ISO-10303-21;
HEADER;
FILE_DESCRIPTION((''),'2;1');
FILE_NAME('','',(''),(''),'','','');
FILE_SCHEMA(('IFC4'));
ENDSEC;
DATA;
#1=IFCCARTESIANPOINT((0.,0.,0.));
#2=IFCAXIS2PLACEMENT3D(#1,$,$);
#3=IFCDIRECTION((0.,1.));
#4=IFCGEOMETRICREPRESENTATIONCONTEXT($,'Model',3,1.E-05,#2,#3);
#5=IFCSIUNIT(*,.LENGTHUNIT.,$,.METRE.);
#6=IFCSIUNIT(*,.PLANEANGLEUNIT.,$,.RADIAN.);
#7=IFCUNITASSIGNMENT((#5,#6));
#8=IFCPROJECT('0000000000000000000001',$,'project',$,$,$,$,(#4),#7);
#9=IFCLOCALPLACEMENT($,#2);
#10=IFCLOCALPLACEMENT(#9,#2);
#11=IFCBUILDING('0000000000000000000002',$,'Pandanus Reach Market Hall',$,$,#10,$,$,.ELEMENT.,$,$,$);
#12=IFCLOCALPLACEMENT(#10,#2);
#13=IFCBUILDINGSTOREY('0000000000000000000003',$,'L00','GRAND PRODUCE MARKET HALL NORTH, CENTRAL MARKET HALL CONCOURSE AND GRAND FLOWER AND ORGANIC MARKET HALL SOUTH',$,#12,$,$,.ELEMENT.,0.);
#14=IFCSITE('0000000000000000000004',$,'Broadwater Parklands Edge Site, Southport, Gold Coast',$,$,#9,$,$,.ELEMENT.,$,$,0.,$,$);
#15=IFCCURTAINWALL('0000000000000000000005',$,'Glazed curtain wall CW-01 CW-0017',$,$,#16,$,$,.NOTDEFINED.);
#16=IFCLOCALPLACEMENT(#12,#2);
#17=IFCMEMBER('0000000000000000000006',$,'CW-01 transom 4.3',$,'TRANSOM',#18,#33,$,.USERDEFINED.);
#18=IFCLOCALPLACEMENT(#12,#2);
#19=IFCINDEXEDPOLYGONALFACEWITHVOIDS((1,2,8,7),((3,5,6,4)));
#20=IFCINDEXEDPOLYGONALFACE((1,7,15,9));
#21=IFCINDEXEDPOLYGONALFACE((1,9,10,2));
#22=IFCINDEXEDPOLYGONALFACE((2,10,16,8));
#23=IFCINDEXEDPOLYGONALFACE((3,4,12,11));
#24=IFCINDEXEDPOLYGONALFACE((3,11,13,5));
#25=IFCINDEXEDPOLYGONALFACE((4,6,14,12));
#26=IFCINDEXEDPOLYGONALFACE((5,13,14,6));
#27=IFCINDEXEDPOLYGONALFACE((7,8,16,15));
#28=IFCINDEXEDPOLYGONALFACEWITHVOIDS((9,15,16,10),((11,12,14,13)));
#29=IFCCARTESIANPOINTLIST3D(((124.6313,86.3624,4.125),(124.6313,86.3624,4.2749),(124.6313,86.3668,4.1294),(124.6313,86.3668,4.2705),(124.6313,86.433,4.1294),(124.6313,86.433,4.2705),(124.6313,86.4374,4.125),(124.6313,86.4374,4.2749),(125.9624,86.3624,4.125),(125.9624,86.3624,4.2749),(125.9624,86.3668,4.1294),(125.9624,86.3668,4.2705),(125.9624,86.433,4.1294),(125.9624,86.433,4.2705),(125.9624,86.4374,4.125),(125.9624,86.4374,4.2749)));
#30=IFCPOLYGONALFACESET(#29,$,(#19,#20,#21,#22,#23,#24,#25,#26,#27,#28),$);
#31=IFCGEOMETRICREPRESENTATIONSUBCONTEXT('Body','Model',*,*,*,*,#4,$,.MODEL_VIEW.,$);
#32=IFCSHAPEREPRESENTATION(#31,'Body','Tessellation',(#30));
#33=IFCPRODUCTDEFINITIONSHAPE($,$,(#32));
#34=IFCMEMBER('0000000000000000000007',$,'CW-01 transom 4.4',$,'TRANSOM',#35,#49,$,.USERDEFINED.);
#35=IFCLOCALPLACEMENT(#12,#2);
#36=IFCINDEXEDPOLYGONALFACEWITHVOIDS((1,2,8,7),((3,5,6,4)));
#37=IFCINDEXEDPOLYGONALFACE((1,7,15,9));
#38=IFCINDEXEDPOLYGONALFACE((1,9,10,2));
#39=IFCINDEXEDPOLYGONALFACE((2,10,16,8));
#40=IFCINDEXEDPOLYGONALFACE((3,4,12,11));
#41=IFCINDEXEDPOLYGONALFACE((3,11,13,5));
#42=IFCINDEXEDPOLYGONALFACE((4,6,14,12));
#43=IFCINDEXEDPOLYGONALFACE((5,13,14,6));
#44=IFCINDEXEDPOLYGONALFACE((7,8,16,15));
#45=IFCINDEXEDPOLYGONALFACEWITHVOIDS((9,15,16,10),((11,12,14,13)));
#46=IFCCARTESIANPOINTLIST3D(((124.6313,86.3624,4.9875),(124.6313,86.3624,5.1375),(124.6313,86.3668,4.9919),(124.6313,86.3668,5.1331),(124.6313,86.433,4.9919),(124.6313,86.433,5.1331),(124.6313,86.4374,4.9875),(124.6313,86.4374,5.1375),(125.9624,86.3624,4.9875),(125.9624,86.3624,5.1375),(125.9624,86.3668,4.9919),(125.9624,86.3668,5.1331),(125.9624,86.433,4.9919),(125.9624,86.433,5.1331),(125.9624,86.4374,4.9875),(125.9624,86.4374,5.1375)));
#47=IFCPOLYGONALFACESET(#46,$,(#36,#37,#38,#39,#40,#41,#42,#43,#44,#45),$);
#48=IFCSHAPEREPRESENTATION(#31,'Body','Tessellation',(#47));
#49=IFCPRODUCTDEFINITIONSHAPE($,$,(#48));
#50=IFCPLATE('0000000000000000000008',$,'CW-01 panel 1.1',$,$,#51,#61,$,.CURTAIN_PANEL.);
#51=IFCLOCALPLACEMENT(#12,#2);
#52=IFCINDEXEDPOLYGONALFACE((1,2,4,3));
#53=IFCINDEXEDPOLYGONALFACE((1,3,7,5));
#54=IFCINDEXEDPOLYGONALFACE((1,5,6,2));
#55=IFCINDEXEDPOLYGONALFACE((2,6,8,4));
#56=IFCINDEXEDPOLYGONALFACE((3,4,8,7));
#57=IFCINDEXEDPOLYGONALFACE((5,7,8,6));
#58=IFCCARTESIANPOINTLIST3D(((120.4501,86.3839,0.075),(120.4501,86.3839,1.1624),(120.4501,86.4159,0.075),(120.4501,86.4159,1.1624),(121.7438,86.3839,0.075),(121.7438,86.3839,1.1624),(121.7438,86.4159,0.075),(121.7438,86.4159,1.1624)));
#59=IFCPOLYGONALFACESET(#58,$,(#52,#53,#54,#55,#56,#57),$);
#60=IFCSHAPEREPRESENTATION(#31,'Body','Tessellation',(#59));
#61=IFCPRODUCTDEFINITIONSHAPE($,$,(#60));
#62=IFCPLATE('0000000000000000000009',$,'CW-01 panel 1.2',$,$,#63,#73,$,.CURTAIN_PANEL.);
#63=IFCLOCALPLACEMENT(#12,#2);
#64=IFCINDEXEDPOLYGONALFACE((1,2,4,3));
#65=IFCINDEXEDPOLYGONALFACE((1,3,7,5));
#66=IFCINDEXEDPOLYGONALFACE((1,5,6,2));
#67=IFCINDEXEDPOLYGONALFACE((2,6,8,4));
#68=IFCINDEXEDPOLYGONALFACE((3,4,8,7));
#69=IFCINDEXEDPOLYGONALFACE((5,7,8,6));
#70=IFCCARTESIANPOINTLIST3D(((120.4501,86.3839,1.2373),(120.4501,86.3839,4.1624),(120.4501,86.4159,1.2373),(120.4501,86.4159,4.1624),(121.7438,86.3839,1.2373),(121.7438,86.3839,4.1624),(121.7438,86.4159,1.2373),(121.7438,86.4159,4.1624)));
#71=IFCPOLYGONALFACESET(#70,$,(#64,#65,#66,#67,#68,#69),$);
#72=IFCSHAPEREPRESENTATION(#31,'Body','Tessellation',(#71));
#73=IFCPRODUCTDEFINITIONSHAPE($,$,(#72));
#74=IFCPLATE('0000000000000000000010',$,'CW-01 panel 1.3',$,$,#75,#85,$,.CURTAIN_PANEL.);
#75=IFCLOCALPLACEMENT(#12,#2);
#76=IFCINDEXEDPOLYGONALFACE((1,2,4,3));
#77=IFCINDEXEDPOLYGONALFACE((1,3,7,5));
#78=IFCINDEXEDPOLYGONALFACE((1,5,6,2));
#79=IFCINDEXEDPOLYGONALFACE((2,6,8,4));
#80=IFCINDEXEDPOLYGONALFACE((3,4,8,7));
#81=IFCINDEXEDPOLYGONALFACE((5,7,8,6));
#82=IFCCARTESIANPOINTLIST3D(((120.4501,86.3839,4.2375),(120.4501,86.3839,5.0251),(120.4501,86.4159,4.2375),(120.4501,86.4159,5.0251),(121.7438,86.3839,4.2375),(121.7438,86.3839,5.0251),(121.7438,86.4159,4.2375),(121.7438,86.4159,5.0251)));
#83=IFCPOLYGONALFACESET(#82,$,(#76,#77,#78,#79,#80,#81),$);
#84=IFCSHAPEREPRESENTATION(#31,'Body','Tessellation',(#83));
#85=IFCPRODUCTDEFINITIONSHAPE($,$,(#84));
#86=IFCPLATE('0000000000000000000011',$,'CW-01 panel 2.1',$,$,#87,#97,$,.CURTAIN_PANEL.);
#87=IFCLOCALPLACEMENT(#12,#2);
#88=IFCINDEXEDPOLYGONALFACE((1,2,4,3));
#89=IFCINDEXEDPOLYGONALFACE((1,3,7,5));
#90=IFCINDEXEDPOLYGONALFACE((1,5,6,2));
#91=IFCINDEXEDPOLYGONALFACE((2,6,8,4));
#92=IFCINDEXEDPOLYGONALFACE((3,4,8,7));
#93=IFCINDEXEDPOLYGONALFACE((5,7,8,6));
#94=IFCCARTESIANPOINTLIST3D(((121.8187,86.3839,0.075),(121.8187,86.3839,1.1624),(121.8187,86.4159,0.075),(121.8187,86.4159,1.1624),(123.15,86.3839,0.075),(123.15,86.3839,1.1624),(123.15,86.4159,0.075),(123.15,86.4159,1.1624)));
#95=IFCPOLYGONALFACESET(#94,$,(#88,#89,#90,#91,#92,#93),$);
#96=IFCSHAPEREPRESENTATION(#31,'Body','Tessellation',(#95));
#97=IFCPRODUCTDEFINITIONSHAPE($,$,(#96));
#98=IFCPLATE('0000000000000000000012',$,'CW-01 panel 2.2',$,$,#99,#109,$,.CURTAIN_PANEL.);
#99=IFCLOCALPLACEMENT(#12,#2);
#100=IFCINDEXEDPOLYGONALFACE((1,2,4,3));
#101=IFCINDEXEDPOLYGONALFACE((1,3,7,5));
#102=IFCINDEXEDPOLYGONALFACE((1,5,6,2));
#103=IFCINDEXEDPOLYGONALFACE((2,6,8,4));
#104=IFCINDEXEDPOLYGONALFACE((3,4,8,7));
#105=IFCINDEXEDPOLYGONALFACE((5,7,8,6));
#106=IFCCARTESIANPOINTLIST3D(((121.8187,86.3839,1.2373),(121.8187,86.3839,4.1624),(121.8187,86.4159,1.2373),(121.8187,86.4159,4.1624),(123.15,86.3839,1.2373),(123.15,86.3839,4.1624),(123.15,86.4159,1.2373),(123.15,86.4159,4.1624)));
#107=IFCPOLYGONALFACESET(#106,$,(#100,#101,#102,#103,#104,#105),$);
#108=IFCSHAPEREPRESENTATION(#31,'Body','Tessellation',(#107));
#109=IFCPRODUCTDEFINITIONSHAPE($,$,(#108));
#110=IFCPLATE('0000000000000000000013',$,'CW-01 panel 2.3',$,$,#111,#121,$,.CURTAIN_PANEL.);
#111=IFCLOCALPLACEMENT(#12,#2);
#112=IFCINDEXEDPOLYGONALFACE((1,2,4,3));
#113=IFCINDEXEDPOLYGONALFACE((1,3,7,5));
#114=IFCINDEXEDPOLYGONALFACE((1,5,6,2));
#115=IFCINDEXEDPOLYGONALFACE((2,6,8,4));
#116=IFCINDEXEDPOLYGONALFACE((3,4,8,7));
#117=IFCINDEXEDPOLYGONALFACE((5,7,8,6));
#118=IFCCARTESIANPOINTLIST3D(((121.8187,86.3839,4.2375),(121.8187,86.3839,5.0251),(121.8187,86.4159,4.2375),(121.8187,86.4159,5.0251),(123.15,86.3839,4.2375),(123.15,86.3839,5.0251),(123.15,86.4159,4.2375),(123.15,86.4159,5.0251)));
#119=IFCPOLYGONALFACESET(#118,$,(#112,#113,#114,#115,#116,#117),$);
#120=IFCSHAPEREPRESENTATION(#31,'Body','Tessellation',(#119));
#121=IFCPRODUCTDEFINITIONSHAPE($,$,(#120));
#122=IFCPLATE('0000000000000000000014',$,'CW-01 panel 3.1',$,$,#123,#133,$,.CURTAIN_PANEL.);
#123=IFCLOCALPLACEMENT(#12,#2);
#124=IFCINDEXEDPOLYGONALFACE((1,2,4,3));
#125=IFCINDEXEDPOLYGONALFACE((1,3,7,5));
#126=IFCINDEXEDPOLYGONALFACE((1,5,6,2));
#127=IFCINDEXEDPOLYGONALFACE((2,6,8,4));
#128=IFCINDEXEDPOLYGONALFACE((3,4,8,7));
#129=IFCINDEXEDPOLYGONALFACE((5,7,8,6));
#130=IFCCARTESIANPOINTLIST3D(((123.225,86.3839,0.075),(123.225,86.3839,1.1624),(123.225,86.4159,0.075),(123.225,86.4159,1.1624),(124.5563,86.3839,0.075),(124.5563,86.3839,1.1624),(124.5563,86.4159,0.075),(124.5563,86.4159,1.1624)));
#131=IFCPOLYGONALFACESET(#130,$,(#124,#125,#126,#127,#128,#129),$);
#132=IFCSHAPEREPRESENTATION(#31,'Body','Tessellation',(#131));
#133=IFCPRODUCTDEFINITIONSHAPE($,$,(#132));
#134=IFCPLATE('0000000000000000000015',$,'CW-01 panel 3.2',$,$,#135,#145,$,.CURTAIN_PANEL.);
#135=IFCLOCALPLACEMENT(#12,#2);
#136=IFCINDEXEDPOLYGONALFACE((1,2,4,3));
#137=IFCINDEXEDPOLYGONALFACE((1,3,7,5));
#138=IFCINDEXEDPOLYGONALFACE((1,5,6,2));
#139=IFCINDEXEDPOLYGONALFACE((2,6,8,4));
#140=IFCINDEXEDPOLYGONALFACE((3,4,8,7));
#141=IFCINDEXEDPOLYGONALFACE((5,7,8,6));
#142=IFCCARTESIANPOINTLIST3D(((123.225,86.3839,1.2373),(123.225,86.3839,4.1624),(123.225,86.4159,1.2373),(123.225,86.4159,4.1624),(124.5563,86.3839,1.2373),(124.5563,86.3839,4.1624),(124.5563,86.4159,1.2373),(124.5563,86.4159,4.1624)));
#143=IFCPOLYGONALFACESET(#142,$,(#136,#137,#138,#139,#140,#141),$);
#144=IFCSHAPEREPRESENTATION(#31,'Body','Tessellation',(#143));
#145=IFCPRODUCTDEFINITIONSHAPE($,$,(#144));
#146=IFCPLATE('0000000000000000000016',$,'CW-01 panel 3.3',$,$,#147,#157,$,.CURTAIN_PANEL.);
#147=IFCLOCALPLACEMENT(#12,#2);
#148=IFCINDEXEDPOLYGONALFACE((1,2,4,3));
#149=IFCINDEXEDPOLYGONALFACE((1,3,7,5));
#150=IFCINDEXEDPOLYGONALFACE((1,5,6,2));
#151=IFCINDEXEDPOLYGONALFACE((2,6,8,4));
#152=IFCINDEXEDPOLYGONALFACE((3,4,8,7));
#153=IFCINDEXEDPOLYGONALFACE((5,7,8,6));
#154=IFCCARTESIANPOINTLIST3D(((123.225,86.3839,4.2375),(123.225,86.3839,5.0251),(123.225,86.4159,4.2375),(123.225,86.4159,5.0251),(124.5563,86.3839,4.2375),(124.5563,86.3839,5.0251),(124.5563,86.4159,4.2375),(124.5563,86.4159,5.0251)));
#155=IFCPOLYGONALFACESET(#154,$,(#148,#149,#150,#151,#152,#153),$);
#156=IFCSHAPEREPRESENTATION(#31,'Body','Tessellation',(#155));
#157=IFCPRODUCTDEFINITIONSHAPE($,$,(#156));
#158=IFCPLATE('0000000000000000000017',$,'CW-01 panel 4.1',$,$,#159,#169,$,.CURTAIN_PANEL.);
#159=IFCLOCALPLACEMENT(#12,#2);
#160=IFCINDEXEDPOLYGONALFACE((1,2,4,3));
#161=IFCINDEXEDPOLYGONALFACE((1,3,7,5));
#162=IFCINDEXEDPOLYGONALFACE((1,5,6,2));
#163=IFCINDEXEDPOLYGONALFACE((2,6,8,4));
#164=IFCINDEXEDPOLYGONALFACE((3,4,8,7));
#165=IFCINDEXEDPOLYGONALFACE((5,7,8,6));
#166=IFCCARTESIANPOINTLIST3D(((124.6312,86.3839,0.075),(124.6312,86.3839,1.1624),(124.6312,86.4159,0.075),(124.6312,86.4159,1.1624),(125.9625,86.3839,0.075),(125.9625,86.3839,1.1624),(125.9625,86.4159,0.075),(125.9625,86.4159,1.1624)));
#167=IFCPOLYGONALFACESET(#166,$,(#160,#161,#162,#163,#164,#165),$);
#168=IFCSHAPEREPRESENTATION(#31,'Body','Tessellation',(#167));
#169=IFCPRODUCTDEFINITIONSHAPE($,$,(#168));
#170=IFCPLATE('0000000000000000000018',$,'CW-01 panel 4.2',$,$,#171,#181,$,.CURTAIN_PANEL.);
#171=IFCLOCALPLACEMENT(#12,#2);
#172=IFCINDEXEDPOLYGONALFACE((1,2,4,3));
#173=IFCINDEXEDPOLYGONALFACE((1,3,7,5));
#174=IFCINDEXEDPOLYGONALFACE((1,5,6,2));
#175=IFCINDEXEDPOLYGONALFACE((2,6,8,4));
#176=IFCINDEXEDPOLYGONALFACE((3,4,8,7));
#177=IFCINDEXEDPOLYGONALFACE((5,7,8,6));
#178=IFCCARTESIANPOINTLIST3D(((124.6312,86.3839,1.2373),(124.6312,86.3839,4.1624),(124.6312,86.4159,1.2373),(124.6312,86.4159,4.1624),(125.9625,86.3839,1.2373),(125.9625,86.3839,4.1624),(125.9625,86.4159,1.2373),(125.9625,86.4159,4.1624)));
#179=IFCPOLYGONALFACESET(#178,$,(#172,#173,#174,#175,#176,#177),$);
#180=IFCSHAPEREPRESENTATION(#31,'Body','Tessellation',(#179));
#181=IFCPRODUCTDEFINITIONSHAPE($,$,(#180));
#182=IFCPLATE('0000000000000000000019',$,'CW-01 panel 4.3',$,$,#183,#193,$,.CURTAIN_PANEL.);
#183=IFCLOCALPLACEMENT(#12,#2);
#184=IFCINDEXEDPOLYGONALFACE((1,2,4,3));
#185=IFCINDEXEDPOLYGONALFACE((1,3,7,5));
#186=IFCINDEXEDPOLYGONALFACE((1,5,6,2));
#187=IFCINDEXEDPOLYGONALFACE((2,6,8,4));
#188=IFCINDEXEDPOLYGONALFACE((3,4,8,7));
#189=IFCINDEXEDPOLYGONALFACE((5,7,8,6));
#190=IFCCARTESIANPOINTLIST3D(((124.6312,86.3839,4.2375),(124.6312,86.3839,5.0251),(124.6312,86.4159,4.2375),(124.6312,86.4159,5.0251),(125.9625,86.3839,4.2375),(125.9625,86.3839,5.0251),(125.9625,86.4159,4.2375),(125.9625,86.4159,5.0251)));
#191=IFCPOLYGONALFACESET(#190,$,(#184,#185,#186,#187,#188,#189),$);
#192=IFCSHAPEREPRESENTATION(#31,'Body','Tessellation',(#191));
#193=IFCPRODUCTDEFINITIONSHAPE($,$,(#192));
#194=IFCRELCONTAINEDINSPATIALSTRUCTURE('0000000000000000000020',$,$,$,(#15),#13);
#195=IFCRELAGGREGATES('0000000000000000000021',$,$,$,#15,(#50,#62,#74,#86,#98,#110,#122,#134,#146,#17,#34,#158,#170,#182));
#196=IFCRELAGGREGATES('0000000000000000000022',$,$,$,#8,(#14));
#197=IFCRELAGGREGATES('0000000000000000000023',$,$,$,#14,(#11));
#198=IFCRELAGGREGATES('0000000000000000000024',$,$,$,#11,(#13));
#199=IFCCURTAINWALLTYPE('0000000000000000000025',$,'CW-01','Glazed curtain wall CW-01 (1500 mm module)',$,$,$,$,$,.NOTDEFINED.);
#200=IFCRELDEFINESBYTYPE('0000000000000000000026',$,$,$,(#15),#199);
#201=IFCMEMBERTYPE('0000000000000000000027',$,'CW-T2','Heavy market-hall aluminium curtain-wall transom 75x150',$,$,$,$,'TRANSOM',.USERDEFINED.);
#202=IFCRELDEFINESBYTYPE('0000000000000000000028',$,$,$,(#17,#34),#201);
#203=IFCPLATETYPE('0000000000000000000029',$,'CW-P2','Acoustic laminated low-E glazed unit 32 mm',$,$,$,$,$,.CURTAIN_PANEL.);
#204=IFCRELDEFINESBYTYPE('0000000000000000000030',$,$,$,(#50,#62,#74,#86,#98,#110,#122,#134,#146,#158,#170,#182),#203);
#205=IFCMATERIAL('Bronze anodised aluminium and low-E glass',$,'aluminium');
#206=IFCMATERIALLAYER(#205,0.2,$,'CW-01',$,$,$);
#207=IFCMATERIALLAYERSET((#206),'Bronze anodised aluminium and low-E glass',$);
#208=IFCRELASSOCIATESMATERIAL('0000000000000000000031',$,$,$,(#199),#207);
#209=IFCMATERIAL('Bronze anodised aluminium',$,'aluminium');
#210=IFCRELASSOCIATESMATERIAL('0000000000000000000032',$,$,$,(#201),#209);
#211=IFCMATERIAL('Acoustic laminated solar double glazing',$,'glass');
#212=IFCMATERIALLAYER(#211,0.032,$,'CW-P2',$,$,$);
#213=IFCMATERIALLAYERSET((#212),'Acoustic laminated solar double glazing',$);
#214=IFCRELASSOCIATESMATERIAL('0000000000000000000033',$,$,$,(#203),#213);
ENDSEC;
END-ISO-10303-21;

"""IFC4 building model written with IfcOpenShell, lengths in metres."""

from ifc_helpers import new_model, si_unit, direction, frame, origin, origin_2d, place, context, subcontext, project, spatial, rectangle, hollow_rectangle, extrude, material, layer, layer_set, material_profile, profile_set, type_object, element, aggregate, save


model = new_model("IFC4")

# Units and contexts
model_context = context("Model", 3, precision=1e-05, world=origin(), true_north=direction((0.0, 1.0)))
body_context = subcontext(model_context, "Body", "Model", "MODEL_VIEW")
ifc_project = project(units=[si_unit("LENGTHUNIT", "METRE"), si_unit("PLANEANGLEUNIT", "RADIAN")], contexts=[model_context])

# Site, building, storey
site_placement = place(None, origin())
site = spatial("IfcSite", under=ifc_project, at=site_placement, Name="Broadwater Parklands Edge Site, Southport, Gold Coast", CompositionType="ELEMENT", RefElevation=0.0)
building_placement = place(site_placement, origin())
building = spatial("IfcBuilding", under=site, at=building_placement, Name="Pandanus Reach Market Hall", CompositionType="ELEMENT")
storey_placement = place(building_placement, origin())
storey = spatial("IfcBuildingStorey", under=building, at=storey_placement, Name="L00", Description="GRAND PRODUCE MARKET HALL NORTH, CENTRAL MARKET HALL CONCOURSE AND GRAND FLOWER AND ORGANIC MARKET HALL SOUTH", CompositionType="ELEMENT", Elevation=0.0)

# Curtain wall, members, plates
ifc_material_1 = material(Name="Bronze anodised aluminium and low-E glass", Category="aluminium")
ifc_layer_1 = layer(ifc_material_1, 0.2, Name="CW-01")
ifc_layer_set_1 = layer_set([ifc_layer_1], Name="Bronze anodised aluminium and low-E glass")
curtain_wall_type = type_object("IfcCurtainWallType", Name="CW-01", Description="Glazed curtain wall CW-01 (1500 mm module)", PredefinedType="NOTDEFINED", material=ifc_layer_set_1)
curtain_wall_placement = place(storey_placement, origin())
curtain_wall = element("IfcCurtainWall", 1, at=curtain_wall_placement, inside=storey, type_object=curtain_wall_type, Name="Glazed curtain wall CW-01 CW-0017", PredefinedType="NOTDEFINED")
ifc_material_2 = material(Name="Bronze anodised aluminium", Category="aluminium")
ifc_material_profile_1 = material_profile(ifc_material_2, hollow_rectangle(XDim=0.075, YDim=0.1499, WallThickness=0.0044, at=origin_2d()), Name="ALU75x150", Category="LoadBearing")
ifc_profile_set_1 = profile_set([ifc_material_profile_1], Name="Bronze anodised aluminium")
member_type_1 = type_object("IfcMemberType", Name="CW-T2", Description="Heavy market-hall aluminium curtain-wall transom 75x150", ElementType="TRANSOM", PredefinedType="USERDEFINED", material=ifc_profile_set_1)
member_1_placement = place(storey_placement, frame((124.6313, 86.3999, 4.2), z_axis=(1.0, 0.0, 0.0), x_axis=(0.0, 1.0, 0.0)))
member_1 = element("IfcMember", 2, at=member_1_placement, type_object=member_type_1, Name="CW-01 transom 4.3", ObjectType="TRANSOM", PredefinedType="USERDEFINED", context=body_context, shape_type="SweptSolid", body=[
    extrude(hollow_rectangle(XDim=0.075, YDim=0.1499, WallThickness=0.0044, at=origin_2d()), origin(), (0.0, 0.0, 1.0), 1.3311),
])
member_2_placement = place(storey_placement, frame((124.6313, 86.3999, 5.0625), z_axis=(1.0, 0.0, 0.0), x_axis=(0.0, 1.0, 0.0)))
member_2 = element("IfcMember", 3, at=member_2_placement, type_object=member_type_1, Name="CW-01 transom 4.4", ObjectType="TRANSOM", PredefinedType="USERDEFINED", context=body_context, shape_type="SweptSolid", body=[
    extrude(hollow_rectangle(XDim=0.075, YDim=0.1499, WallThickness=0.0044, at=origin_2d()), origin(), (0.0, 0.0, 1.0), 1.3311),
])
ifc_material_3 = material(Name="Acoustic laminated solar double glazing", Category="glass")
ifc_layer_2 = layer(ifc_material_3, 0.032, Name="CW-P2")
ifc_layer_set_2 = layer_set([ifc_layer_2], Name="Acoustic laminated solar double glazing")
plate_type = type_object("IfcPlateType", Name="CW-P2", Description="Acoustic laminated low-E glazed unit 32 mm", PredefinedType="CURTAIN_PANEL", material=ifc_layer_set_2)
plate_1_placement = place(storey_placement, frame((121.0969, 86.3999, 0.075), z_axis=(0.0, 0.0, 1.0), x_axis=(1.0, 0.0, 0.0)))
plate_1 = element("IfcPlate", 4, at=plate_1_placement, type_object=plate_type, Name="CW-01 panel 1.1", PredefinedType="CURTAIN_PANEL", context=body_context, shape_type="SweptSolid", body=[
    extrude(rectangle(XDim=1.2937, YDim=0.032, at=origin_2d()), origin(), (0.0, 0.0, 1.0), 1.0874),
])
plate_2_placement = place(storey_placement, frame((121.0969, 86.3999, 1.2373), z_axis=(0.0, 0.0, 1.0), x_axis=(1.0, 0.0, 0.0)))
plate_2 = element("IfcPlate", 5, at=plate_2_placement, type_object=plate_type, Name="CW-01 panel 1.2", PredefinedType="CURTAIN_PANEL", context=body_context, shape_type="SweptSolid", body=[
    extrude(rectangle(XDim=1.2937, YDim=0.032, at=origin_2d()), origin(), (0.0, 0.0, 1.0), 2.925),
])
plate_3_placement = place(storey_placement, frame((121.0969, 86.3999, 4.2375), z_axis=(0.0, 0.0, 1.0), x_axis=(1.0, 0.0, 0.0)))
plate_3 = element("IfcPlate", 6, at=plate_3_placement, type_object=plate_type, Name="CW-01 panel 1.3", PredefinedType="CURTAIN_PANEL", context=body_context, shape_type="SweptSolid", body=[
    extrude(rectangle(XDim=1.2937, YDim=0.032, at=origin_2d()), origin(), (0.0, 0.0, 1.0), 0.7876),
])
plate_4_placement = place(storey_placement, frame((122.4844, 86.3999, 0.075), z_axis=(0.0, 0.0, 1.0), x_axis=(1.0, 0.0, 0.0)))
plate_4 = element("IfcPlate", 7, at=plate_4_placement, type_object=plate_type, Name="CW-01 panel 2.1", PredefinedType="CURTAIN_PANEL", context=body_context, shape_type="SweptSolid", body=[
    extrude(rectangle(XDim=1.3313, YDim=0.032, at=origin_2d()), origin(), (0.0, 0.0, 1.0), 1.0874),
])
plate_5_placement = place(storey_placement, frame((122.4844, 86.3999, 1.2373), z_axis=(0.0, 0.0, 1.0), x_axis=(1.0, 0.0, 0.0)))
plate_5 = element("IfcPlate", 8, at=plate_5_placement, type_object=plate_type, Name="CW-01 panel 2.2", PredefinedType="CURTAIN_PANEL", context=body_context, shape_type="SweptSolid", body=[
    extrude(rectangle(XDim=1.3313, YDim=0.032, at=origin_2d()), origin(), (0.0, 0.0, 1.0), 2.925),
])
plate_6_placement = place(storey_placement, frame((122.4844, 86.3999, 4.2375), z_axis=(0.0, 0.0, 1.0), x_axis=(1.0, 0.0, 0.0)))
plate_6 = element("IfcPlate", 9, at=plate_6_placement, type_object=plate_type, Name="CW-01 panel 2.3", PredefinedType="CURTAIN_PANEL", context=body_context, shape_type="SweptSolid", body=[
    extrude(rectangle(XDim=1.3313, YDim=0.032, at=origin_2d()), origin(), (0.0, 0.0, 1.0), 0.7876),
])
plate_7_placement = place(storey_placement, frame((123.8906, 86.3999, 0.075), z_axis=(0.0, 0.0, 1.0), x_axis=(1.0, 0.0, 0.0)))
plate_7 = element("IfcPlate", 10, at=plate_7_placement, type_object=plate_type, Name="CW-01 panel 3.1", PredefinedType="CURTAIN_PANEL", context=body_context, shape_type="SweptSolid", body=[
    extrude(rectangle(XDim=1.3313, YDim=0.032, at=origin_2d()), origin(), (0.0, 0.0, 1.0), 1.0874),
])
plate_8_placement = place(storey_placement, frame((123.8906, 86.3999, 1.2373), z_axis=(0.0, 0.0, 1.0), x_axis=(1.0, 0.0, 0.0)))
plate_8 = element("IfcPlate", 11, at=plate_8_placement, type_object=plate_type, Name="CW-01 panel 3.2", PredefinedType="CURTAIN_PANEL", context=body_context, shape_type="SweptSolid", body=[
    extrude(rectangle(XDim=1.3313, YDim=0.032, at=origin_2d()), origin(), (0.0, 0.0, 1.0), 2.925),
])
plate_9_placement = place(storey_placement, frame((123.8906, 86.3999, 4.2375), z_axis=(0.0, 0.0, 1.0), x_axis=(1.0, 0.0, 0.0)))
plate_9 = element("IfcPlate", 12, at=plate_9_placement, type_object=plate_type, Name="CW-01 panel 3.3", PredefinedType="CURTAIN_PANEL", context=body_context, shape_type="SweptSolid", body=[
    extrude(rectangle(XDim=1.3313, YDim=0.032, at=origin_2d()), origin(), (0.0, 0.0, 1.0), 0.7876),
])
plate_10_placement = place(storey_placement, frame((125.2969, 86.3999, 0.075), z_axis=(0.0, 0.0, 1.0), x_axis=(1.0, 0.0, 0.0)))
plate_10 = element("IfcPlate", 13, at=plate_10_placement, type_object=plate_type, Name="CW-01 panel 4.1", PredefinedType="CURTAIN_PANEL", context=body_context, shape_type="SweptSolid", body=[
    extrude(rectangle(XDim=1.3313, YDim=0.032, at=origin_2d()), origin(), (0.0, 0.0, 1.0), 1.0874),
])
plate_11_placement = place(storey_placement, frame((125.2969, 86.3999, 1.2373), z_axis=(0.0, 0.0, 1.0), x_axis=(1.0, 0.0, 0.0)))
plate_11 = element("IfcPlate", 14, at=plate_11_placement, type_object=plate_type, Name="CW-01 panel 4.2", PredefinedType="CURTAIN_PANEL", context=body_context, shape_type="SweptSolid", body=[
    extrude(rectangle(XDim=1.3313, YDim=0.032, at=origin_2d()), origin(), (0.0, 0.0, 1.0), 2.925),
])
plate_12_placement = place(storey_placement, frame((125.2969, 86.3999, 4.2375), z_axis=(0.0, 0.0, 1.0), x_axis=(1.0, 0.0, 0.0)))
plate_12 = element("IfcPlate", 15, at=plate_12_placement, type_object=plate_type, Name="CW-01 panel 4.3", PredefinedType="CURTAIN_PANEL", context=body_context, shape_type="SweptSolid", body=[
    extrude(rectangle(XDim=1.3313, YDim=0.032, at=origin_2d()), origin(), (0.0, 0.0, 1.0), 0.7876),
])
aggregate(curtain_wall, [plate_1, plate_2, plate_3, plate_4, plate_5, plate_6, plate_7, plate_8, plate_9, member_1, member_2, plate_10, plate_11, plate_12])

save(model, "model.ifc")
